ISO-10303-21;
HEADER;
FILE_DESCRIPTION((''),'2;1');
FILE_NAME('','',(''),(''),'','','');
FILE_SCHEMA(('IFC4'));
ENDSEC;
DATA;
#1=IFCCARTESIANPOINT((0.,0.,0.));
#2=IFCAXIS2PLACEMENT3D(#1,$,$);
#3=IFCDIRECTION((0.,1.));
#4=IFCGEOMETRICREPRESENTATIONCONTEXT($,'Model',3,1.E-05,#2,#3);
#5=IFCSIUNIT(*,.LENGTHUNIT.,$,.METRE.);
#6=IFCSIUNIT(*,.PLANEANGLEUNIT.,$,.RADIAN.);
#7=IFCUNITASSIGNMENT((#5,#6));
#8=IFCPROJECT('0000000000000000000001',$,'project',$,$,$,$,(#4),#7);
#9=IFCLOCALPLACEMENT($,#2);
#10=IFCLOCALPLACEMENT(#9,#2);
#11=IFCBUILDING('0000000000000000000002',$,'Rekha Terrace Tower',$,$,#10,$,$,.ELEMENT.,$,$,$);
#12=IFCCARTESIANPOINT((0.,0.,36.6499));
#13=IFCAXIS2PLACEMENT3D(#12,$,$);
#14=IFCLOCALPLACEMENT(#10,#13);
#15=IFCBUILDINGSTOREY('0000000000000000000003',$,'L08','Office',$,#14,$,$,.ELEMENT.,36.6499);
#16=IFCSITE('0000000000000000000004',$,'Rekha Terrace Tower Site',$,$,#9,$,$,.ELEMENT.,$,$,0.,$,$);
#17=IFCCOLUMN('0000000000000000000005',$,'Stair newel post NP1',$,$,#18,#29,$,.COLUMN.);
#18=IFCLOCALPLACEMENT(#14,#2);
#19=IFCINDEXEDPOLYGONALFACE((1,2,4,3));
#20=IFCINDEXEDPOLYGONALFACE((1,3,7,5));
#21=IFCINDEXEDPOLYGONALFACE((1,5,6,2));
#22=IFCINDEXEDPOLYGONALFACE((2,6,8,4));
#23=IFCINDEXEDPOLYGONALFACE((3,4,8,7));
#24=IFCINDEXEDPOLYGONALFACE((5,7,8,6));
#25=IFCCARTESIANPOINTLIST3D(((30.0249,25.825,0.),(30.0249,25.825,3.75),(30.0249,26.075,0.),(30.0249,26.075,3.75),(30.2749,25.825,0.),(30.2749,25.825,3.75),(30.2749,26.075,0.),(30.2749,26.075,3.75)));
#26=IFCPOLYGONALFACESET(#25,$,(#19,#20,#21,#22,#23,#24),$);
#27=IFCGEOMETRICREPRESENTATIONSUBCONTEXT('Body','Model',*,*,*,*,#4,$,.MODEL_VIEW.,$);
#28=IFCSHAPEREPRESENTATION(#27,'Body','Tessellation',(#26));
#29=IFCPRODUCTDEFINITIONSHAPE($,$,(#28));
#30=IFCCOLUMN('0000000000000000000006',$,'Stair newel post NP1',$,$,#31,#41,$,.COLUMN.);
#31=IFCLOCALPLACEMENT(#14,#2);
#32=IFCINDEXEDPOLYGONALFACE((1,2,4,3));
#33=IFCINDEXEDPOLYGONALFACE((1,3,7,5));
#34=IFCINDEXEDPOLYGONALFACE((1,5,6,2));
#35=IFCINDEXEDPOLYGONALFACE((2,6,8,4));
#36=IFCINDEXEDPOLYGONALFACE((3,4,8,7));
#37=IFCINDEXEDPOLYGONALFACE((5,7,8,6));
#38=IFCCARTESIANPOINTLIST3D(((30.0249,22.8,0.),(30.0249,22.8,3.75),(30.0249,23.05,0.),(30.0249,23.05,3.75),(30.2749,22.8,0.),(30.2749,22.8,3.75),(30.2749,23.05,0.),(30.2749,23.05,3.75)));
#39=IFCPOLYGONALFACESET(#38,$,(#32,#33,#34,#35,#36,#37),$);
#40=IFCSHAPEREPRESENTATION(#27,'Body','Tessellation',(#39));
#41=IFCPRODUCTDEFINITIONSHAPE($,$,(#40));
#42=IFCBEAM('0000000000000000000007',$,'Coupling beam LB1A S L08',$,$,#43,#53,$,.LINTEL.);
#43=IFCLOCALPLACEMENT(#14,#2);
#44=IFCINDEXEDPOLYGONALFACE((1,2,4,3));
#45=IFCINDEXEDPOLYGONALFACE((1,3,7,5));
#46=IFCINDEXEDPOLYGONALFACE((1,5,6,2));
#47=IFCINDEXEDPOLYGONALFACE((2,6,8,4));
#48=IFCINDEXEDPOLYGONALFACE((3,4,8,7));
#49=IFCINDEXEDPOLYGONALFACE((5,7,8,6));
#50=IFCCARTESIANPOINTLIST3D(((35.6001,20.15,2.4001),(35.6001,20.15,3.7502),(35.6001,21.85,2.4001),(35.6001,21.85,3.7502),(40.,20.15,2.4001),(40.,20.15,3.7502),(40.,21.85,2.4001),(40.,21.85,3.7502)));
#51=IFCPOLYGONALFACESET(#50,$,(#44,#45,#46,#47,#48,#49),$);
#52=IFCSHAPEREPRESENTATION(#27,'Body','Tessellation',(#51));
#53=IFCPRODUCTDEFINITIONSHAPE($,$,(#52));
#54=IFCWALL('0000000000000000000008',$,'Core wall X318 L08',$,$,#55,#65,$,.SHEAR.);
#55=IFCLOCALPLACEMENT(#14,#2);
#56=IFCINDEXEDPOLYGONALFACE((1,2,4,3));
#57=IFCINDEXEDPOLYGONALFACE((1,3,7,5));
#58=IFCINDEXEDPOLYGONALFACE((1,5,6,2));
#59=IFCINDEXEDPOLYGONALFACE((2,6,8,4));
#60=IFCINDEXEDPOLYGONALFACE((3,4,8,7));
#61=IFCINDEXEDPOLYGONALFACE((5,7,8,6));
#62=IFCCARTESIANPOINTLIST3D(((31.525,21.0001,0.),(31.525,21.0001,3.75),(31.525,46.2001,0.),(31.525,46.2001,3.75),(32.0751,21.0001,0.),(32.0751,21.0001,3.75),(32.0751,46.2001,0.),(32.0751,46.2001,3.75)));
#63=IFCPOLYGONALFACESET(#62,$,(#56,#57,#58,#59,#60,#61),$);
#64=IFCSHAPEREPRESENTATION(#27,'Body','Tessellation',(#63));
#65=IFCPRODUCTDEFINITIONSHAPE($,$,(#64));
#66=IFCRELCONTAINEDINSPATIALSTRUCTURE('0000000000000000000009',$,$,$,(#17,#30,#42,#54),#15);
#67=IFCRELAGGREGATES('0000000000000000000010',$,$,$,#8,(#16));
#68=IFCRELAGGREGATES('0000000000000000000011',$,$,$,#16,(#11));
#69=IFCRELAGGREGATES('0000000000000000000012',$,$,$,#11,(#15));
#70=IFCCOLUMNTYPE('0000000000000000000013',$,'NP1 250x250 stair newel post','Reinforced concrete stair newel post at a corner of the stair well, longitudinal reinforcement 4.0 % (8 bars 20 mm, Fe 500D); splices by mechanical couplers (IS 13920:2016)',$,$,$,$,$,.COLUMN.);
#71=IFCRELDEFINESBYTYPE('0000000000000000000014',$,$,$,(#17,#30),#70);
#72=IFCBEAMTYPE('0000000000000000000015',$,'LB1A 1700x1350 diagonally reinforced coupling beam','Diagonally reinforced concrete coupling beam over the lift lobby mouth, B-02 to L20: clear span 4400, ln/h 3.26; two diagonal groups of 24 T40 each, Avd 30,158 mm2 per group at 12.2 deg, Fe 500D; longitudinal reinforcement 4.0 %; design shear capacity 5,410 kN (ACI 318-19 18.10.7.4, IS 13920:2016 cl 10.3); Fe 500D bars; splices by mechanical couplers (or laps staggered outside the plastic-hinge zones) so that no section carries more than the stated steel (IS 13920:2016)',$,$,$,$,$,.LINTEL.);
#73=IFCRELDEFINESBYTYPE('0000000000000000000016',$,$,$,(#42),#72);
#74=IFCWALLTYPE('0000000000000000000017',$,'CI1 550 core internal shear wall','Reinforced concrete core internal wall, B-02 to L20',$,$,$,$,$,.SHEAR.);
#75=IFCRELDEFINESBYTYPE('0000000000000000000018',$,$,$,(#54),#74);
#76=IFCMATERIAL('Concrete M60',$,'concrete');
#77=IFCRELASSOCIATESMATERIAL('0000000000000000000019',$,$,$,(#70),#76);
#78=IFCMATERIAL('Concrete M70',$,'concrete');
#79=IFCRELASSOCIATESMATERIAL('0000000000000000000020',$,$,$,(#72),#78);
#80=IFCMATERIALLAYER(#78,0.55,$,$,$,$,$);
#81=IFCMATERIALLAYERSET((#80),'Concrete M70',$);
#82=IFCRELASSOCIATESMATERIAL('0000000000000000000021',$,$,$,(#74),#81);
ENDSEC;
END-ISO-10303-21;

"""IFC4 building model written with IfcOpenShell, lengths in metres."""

from ifc_helpers import new_model, si_unit, direction, frame, frame_2d, origin, origin_2d, place, context, subcontext, project, spatial, rectangle, extrude, material, layer, layer_set, material_profile, profile_set, type_object, element, save


model = new_model("IFC4")

# Units and contexts
model_context = context("Model", 3, precision=1e-05, world=origin(), true_north=direction((0.0, 1.0)))
body_context = subcontext(model_context, "Body", "Model", "MODEL_VIEW")
ifc_project = project(units=[si_unit("LENGTHUNIT", "METRE"), si_unit("PLANEANGLEUNIT", "RADIAN")], contexts=[model_context])

# Site, building, storey
site_placement = place(None, origin())
site = spatial("IfcSite", under=ifc_project, at=site_placement, Name="Rekha Terrace Tower Site", CompositionType="ELEMENT", RefElevation=0.0)
building_placement = place(site_placement, origin())
building = spatial("IfcBuilding", under=site, at=building_placement, Name="Rekha Terrace Tower", CompositionType="ELEMENT")
storey_placement = place(building_placement, frame((0.0, 0.0, 36.6499)))
storey = spatial("IfcBuildingStorey", under=building, at=storey_placement, Name="L08", Description="Office", CompositionType="ELEMENT", Elevation=36.6499)

# Columns
ifc_material_1 = material(Name="Concrete M60", Category="concrete")
ifc_material_profile_1 = material_profile(ifc_material_1, rectangle(XDim=0.25, YDim=0.25, at=origin_2d()), Name="RC 250x250")
ifc_profile_set_1 = profile_set([ifc_material_profile_1], Name="Concrete M60")
column_type = type_object("IfcColumnType", Name="NP1 250x250 stair newel post", Description="Reinforced concrete stair newel post at a corner of the stair well, longitudinal reinforcement 4.0 % (8 bars 20 mm, Fe 500D); splices by mechanical couplers (IS 13920:2016)", PredefinedType="COLUMN", material=ifc_profile_set_1)
for number, where, z_axis, x_axis, name in (
    (1, (30.1499, 25.95, 0.0), (0.0, 0.0, 1.0), (1.0, 0.0, 0.0), "Stair newel post NP1"),
    (2, (30.1499, 22.925, 0.0), (0.0, 0.0, 1.0), (1.0, 0.0, 0.0), "Stair newel post NP1"),
):
    element("IfcColumn", number, at=place(storey_placement, frame(where, z_axis=z_axis, x_axis=x_axis)), inside=storey, type_object=column_type, Name=name, PredefinedType="COLUMN", context=body_context, shape_type="SweptSolid", body=[
        extrude(rectangle(XDim=0.25, YDim=0.25, at=origin_2d()), origin(), (0.0, 0.0, 1.0), 3.75),
    ])

# Beam
ifc_material_2 = material(Name="Concrete M70", Category="concrete")
ifc_material_profile_2 = material_profile(ifc_material_2, rectangle(XDim=1.7, YDim=1.3501, at=origin_2d()), Name="RC 1700x1350")
ifc_profile_set_2 = profile_set([ifc_material_profile_2], Name="Concrete M70")
beam_type = type_object("IfcBeamType", Name="LB1A 1700x1350 diagonally reinforced coupling beam", Description="Diagonally reinforced concrete coupling beam over the lift lobby mouth, B-02 to L20: clear span 4400, ln/h 3.26; two diagonal groups of 24 T40 each, Avd 30,158 mm2 per group at 12.2 deg, Fe 500D; longitudinal reinforcement 4.0 %; design shear capacity 5,410 kN (ACI 318-19 18.10.7.4, IS 13920:2016 cl 10.3); Fe 500D bars; splices by mechanical couplers (or laps staggered outside the plastic-hinge zones) so that no section carries more than the stated steel (IS 13920:2016)", PredefinedType="LINTEL", material=ifc_profile_set_2)
beam_placement = place(storey_placement, frame((35.6001, 21.0, 3.0752), z_axis=(1.0, 0.0, 0.0), x_axis=(0.0, 1.0, 0.0)))
element("IfcBeam", 3, at=beam_placement, inside=storey, type_object=beam_type, Name="Coupling beam LB1A S L08", PredefinedType="LINTEL", context=body_context, shape_type="SweptSolid", body=[
    extrude(rectangle(XDim=1.7, YDim=1.3501, at=origin_2d()), origin(), (0.0, 0.0, 1.0), 4.3999),
])

# Wall
ifc_layer_1 = layer(ifc_material_2, 0.55)
ifc_layer_set_1 = layer_set([ifc_layer_1], Name="Concrete M70")
wall_type_1 = type_object("IfcWallType", Name="CI1 550 core internal shear wall", Description="Reinforced concrete core internal wall, B-02 to L20", PredefinedType="SHEAR", material=ifc_layer_set_1)
wall_1_placement = place(storey_placement, frame((31.8, 21.0, 0.0), z_axis=(0.0, 0.0, 1.0), x_axis=(0.0, 1.0, 0.0)))
element("IfcWall", 4, at=wall_1_placement, inside=storey, type_object=wall_type_1, Name="Core wall X318 L08", PredefinedType="SHEAR", context=body_context, shape_type="SweptSolid", body=[
    extrude(rectangle(XDim=25.2, YDim=0.55, at=frame_2d((12.6001, 0.0))), origin(), (0.0, 0.0, 1.0), 3.75),
])

save(model, "model.ifc")
